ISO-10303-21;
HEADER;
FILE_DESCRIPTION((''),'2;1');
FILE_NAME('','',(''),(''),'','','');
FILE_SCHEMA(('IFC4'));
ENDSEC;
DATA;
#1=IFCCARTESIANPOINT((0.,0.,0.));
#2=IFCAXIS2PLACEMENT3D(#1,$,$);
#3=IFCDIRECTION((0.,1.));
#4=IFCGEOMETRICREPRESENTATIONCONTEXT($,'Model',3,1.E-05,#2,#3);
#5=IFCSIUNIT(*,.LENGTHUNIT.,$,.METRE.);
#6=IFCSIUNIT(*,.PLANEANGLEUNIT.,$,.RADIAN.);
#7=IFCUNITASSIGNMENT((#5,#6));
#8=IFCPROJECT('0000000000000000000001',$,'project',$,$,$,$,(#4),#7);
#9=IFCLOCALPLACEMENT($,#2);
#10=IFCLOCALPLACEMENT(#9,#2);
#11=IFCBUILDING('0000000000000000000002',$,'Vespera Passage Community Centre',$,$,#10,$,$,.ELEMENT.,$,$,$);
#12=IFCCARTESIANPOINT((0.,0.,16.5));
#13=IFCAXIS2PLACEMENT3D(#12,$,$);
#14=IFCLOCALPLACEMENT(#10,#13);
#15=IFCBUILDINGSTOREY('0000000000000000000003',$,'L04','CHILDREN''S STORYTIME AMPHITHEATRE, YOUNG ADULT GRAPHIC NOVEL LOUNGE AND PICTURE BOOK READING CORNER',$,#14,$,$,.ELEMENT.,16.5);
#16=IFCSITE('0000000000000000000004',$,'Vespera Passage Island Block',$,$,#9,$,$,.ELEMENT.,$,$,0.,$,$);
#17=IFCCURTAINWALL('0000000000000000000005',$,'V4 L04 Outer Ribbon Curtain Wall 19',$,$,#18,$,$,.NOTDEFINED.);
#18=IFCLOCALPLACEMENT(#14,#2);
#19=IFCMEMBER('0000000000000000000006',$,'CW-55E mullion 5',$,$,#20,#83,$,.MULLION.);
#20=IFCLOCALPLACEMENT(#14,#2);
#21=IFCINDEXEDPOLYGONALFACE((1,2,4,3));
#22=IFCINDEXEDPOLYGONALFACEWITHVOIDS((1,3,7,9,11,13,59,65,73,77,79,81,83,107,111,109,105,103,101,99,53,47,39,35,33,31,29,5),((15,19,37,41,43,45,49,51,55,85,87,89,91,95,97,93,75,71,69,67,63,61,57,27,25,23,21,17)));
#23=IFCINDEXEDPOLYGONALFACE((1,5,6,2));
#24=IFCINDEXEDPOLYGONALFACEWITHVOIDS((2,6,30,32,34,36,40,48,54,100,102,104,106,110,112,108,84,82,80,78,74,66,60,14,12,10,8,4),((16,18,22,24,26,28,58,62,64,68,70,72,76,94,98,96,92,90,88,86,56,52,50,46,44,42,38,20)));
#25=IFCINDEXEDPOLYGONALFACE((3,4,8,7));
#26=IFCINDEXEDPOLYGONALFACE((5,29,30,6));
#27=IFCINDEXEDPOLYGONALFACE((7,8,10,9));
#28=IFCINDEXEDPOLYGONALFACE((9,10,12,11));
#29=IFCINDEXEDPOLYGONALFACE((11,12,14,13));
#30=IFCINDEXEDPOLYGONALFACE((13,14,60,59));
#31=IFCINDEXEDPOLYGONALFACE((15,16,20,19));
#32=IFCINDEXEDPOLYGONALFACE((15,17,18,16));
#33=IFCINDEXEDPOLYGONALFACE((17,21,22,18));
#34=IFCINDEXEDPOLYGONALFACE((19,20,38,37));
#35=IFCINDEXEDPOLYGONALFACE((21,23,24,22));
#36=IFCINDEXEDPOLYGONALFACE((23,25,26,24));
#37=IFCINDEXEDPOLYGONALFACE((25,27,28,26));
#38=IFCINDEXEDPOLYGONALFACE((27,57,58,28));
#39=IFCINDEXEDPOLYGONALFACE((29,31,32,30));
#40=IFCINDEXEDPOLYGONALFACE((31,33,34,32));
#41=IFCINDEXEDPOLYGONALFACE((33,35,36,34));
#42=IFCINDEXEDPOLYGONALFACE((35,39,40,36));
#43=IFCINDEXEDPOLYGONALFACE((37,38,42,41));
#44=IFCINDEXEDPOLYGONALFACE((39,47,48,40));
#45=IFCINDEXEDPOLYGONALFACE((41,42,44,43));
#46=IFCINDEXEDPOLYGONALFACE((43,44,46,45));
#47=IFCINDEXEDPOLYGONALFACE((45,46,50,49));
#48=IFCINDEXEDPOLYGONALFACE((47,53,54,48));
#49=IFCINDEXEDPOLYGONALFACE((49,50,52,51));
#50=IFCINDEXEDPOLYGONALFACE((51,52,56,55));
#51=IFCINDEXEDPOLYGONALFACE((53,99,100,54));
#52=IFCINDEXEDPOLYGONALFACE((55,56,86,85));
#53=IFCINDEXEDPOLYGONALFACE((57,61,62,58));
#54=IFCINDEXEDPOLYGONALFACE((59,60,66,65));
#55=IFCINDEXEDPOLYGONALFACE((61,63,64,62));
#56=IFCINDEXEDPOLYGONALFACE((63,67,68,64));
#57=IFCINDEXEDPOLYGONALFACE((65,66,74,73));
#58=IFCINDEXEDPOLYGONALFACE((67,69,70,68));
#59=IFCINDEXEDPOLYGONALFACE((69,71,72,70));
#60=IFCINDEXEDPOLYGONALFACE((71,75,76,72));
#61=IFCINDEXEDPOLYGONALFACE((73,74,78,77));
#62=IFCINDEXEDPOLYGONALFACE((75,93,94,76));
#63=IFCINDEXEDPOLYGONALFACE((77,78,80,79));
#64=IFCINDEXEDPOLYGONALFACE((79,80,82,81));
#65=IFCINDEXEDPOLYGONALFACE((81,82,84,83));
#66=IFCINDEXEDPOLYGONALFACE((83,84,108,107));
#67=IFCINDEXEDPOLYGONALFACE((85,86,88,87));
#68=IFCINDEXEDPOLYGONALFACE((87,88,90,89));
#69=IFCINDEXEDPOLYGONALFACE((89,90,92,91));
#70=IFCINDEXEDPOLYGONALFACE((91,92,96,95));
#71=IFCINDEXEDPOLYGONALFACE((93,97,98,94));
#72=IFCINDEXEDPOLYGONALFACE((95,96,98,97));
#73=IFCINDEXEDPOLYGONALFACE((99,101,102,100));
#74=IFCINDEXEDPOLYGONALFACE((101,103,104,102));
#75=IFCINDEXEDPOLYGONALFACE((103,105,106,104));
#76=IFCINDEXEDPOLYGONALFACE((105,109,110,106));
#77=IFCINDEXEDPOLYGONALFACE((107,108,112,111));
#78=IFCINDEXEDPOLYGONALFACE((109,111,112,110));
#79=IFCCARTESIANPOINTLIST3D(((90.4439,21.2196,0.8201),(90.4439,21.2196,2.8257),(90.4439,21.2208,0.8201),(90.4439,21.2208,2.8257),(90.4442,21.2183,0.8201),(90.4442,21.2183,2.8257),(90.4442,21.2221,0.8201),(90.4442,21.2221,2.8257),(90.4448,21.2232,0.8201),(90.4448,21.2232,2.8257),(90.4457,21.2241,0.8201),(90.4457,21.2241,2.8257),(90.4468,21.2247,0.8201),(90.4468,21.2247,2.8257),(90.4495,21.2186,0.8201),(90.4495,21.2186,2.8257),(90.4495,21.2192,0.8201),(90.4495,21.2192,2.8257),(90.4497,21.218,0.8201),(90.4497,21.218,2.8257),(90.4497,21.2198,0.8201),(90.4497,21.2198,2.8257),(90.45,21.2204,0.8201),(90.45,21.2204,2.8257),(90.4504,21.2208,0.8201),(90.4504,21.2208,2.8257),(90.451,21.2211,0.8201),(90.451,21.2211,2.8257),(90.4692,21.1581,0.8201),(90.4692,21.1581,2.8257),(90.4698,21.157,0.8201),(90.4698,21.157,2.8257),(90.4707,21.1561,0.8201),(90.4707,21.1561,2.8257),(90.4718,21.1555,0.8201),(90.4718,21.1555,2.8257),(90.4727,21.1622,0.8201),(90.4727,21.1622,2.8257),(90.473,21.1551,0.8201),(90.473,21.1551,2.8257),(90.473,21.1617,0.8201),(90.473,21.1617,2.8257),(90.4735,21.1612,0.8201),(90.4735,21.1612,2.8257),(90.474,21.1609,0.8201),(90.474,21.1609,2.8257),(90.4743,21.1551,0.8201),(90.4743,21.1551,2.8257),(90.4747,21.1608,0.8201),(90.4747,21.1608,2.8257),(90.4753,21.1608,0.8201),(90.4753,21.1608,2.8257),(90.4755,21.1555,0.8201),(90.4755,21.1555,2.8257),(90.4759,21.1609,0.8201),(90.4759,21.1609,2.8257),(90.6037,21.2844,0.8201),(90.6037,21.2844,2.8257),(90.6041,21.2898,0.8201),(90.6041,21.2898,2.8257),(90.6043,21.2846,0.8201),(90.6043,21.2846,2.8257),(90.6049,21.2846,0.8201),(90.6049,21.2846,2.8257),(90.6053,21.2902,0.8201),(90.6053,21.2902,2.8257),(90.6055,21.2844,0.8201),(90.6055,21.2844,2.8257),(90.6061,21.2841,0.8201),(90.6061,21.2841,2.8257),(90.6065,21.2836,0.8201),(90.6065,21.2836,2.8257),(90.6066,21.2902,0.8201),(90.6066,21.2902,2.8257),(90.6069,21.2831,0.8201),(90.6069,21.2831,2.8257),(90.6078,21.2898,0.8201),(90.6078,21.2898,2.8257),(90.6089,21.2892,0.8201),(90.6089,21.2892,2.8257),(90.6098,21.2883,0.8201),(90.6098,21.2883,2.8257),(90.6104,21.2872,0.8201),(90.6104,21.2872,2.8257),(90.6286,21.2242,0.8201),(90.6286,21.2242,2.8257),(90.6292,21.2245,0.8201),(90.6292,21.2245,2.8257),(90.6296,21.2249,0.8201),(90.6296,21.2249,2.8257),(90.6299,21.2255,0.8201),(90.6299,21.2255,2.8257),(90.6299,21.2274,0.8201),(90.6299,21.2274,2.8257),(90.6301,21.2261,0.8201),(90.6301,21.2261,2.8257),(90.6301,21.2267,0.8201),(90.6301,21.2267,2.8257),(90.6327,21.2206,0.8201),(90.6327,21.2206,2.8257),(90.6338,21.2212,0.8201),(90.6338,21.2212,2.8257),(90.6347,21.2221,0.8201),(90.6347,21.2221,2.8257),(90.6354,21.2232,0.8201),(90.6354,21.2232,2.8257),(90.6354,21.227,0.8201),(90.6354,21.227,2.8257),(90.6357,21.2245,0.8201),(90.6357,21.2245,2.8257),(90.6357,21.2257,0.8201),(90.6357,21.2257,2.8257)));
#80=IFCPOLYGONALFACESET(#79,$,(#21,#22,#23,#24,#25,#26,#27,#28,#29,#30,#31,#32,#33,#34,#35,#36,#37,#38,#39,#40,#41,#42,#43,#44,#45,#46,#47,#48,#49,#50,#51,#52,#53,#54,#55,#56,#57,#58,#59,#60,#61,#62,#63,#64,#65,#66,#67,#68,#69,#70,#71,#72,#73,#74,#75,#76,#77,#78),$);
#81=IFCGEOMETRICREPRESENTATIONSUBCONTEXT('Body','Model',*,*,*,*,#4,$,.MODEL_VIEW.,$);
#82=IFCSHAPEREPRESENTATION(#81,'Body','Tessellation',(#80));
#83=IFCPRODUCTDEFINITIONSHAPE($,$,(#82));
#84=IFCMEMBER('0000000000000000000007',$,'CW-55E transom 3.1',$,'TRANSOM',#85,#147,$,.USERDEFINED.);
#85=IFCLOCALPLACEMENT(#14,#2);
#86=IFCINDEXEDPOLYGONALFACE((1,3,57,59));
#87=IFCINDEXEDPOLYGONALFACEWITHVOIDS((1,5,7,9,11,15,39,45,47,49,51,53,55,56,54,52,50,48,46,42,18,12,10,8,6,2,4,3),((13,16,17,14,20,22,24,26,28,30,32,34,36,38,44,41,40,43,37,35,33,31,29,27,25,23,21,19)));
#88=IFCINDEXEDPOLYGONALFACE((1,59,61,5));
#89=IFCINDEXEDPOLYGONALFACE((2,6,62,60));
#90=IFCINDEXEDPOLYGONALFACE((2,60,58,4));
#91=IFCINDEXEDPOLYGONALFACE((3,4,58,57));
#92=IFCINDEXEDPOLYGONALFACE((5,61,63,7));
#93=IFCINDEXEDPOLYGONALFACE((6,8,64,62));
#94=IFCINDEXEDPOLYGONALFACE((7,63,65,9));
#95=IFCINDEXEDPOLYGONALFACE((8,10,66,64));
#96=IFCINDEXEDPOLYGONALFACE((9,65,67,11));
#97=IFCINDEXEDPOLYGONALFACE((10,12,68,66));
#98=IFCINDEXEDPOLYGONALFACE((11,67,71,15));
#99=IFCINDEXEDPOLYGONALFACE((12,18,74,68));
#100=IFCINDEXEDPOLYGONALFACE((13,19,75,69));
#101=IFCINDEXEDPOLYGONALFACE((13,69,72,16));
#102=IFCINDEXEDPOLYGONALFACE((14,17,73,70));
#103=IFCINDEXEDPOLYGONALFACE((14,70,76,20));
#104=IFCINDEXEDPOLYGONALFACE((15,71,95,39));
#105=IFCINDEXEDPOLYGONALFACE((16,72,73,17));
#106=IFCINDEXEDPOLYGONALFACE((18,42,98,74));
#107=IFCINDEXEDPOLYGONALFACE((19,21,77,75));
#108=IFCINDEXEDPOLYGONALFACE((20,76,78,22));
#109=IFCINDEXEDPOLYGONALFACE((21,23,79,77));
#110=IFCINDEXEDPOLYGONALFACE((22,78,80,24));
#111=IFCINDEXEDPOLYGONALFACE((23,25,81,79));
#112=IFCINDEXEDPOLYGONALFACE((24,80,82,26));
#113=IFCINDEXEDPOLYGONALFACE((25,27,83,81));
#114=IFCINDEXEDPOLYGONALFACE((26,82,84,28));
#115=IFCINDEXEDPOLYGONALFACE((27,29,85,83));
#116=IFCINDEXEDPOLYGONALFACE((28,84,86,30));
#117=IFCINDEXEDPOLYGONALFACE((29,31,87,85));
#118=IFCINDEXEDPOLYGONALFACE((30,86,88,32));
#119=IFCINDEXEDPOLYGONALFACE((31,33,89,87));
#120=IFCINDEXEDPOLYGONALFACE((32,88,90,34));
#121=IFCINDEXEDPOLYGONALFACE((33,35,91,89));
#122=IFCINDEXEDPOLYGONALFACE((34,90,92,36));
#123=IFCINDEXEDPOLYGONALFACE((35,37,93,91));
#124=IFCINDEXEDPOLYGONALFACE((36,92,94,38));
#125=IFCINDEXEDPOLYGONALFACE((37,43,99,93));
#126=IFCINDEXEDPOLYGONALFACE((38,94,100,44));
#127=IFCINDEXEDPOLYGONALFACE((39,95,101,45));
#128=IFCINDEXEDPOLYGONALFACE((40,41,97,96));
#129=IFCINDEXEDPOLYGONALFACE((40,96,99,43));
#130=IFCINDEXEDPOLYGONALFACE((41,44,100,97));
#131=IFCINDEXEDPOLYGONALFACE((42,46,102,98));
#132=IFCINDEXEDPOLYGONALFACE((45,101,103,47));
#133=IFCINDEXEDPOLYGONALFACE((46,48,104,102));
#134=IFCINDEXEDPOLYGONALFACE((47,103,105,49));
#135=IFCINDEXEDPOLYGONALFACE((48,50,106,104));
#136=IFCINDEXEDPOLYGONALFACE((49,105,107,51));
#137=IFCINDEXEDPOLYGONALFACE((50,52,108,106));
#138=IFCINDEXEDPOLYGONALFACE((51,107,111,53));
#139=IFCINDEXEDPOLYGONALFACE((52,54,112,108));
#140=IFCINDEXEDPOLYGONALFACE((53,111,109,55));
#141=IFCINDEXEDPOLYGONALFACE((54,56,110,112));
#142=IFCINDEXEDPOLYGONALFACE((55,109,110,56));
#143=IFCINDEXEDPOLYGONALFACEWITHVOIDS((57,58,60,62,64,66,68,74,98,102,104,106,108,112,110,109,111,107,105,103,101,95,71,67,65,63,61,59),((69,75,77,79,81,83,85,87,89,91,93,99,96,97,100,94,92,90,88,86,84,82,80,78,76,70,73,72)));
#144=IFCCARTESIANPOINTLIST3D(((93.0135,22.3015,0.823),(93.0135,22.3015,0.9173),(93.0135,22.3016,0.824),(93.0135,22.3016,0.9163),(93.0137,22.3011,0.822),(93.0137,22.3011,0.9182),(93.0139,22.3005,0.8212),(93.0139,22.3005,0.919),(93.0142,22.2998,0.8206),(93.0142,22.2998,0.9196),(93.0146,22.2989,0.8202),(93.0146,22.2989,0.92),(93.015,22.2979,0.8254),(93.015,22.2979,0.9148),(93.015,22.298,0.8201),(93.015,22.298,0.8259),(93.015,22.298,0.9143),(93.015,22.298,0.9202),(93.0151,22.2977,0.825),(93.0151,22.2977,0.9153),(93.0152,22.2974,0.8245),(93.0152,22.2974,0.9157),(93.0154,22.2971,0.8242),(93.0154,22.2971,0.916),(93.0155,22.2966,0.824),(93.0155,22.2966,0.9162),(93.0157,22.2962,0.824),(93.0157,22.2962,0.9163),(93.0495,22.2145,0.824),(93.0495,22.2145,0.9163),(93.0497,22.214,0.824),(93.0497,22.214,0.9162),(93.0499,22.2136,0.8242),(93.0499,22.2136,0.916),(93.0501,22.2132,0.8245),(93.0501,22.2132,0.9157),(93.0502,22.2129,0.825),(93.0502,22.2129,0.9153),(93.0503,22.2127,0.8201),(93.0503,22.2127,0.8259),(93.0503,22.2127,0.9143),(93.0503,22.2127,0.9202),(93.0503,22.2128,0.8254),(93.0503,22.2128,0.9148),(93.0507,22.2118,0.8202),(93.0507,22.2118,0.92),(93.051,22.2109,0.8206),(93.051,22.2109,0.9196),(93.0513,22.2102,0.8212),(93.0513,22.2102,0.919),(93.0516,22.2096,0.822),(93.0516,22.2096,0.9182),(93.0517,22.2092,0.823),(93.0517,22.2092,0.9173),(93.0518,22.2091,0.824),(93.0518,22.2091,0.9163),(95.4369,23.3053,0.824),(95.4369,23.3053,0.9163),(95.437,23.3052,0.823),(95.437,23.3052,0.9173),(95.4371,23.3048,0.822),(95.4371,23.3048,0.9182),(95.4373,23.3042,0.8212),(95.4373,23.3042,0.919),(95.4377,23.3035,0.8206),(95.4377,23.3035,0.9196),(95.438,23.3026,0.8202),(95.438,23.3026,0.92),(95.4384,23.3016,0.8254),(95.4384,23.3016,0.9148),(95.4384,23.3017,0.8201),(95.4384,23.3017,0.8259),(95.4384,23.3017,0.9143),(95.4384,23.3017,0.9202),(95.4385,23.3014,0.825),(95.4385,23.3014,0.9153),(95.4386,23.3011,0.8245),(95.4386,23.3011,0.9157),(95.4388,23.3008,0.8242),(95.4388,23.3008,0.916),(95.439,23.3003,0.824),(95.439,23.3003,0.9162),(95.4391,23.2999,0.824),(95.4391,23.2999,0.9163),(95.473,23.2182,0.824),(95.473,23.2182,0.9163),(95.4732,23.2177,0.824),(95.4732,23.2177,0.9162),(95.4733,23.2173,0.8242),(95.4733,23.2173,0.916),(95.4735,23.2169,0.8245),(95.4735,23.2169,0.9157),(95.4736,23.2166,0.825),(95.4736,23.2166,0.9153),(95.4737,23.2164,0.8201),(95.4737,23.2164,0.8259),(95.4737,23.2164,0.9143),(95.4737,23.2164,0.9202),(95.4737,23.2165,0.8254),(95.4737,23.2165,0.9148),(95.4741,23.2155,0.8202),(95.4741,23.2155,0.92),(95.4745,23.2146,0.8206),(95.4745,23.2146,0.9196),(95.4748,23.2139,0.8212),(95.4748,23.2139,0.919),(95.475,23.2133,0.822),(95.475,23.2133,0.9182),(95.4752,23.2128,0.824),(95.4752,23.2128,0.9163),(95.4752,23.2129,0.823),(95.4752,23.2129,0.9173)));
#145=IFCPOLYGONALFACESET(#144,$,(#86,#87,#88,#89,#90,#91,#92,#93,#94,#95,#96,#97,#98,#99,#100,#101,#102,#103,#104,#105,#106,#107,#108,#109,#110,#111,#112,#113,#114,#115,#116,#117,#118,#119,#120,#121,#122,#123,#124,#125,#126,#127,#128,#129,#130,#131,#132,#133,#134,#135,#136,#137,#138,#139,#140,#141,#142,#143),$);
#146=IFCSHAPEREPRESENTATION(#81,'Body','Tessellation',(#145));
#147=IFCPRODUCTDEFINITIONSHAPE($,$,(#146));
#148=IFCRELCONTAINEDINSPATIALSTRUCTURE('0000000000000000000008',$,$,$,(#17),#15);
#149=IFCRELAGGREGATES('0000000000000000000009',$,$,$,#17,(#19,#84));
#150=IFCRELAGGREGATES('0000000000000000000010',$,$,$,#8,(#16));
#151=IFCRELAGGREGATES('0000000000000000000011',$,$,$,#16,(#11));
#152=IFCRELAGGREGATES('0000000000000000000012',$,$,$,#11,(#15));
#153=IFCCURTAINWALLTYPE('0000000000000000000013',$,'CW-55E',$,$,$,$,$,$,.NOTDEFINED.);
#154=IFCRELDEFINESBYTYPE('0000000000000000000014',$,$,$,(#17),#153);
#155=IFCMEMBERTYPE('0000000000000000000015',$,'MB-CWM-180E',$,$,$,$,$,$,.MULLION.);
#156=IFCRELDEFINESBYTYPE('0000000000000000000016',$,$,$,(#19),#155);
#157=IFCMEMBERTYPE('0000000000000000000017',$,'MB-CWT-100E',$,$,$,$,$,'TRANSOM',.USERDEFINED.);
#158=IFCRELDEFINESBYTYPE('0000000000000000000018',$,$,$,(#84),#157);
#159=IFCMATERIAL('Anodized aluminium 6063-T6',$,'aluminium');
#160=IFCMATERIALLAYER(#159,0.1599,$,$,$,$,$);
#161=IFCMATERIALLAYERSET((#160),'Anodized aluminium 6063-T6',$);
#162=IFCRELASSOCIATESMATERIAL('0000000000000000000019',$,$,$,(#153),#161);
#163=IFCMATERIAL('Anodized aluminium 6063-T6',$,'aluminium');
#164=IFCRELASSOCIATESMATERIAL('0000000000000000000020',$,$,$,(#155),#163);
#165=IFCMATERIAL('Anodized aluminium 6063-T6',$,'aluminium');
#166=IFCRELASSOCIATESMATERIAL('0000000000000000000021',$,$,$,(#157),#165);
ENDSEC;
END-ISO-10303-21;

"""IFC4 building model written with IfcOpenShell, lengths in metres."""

from ifc_helpers import new_model, si_unit, direction, frame, origin, origin_2d, place, context, subcontext, project, spatial, hollow_rectangle, extrude, material, layer, layer_set, material_profile, profile_set, type_object, element, aggregate, save


model = new_model("IFC4")

# Units and contexts
model_context = context("Model", 3, precision=1e-05, world=origin(), true_north=direction((0.0, 1.0)))
body_context = subcontext(model_context, "Body", "Model", "MODEL_VIEW")
ifc_project = project(units=[si_unit("LENGTHUNIT", "METRE"), si_unit("PLANEANGLEUNIT", "RADIAN")], contexts=[model_context])

# Site, building, storey
site_placement = place(None, origin())
site = spatial("IfcSite", under=ifc_project, at=site_placement, Name="Vespera Passage Island Block", CompositionType="ELEMENT", RefElevation=0.0)
building_placement = place(site_placement, origin())
building = spatial("IfcBuilding", under=site, at=building_placement, Name="Vespera Passage Community Centre", CompositionType="ELEMENT")
storey_placement = place(building_placement, frame((0.0, 0.0, 16.5)))
storey = spatial("IfcBuildingStorey", under=building, at=storey_placement, Name="L04", Description="CHILDREN'S STORYTIME AMPHITHEATRE, YOUNG ADULT GRAPHIC NOVEL LOUNGE AND PICTURE BOOK READING CORNER", CompositionType="ELEMENT", Elevation=16.5)

# Curtain wall, members
ifc_material_1 = material(Name="Anodized aluminium 6063-T6", Category="aluminium")
ifc_layer_1 = layer(ifc_material_1, 0.1599)
ifc_layer_set_1 = layer_set([ifc_layer_1], Name="Anodized aluminium 6063-T6")
curtain_wall_type_1 = type_object("IfcCurtainWallType", Name="CW-55E", PredefinedType="NOTDEFINED", material=ifc_layer_set_1)
curtain_wall_1_placement = place(storey_placement, origin())
curtain_wall_1 = element("IfcCurtainWall", 1, at=curtain_wall_1_placement, inside=storey, type_object=curtain_wall_type_1, Name="V4 L04 Outer Ribbon Curtain Wall 19", PredefinedType="NOTDEFINED")
ifc_material_2 = material(Name="Anodized aluminium 6063-T6", Category="aluminium")
ifc_material_profile_1 = material_profile(ifc_material_2, hollow_rectangle(XDim=0.075, YDim=0.1799, WallThickness=0.0049, InnerFilletRadius=0.0024, OuterFilletRadius=0.0049, at=origin_2d()), Name="ALU180X75X5")
ifc_profile_set_1 = profile_set([ifc_material_profile_1], Name="Anodized aluminium 6063-T6")
member_type_1 = type_object("IfcMemberType", Name="MB-CWM-180E", PredefinedType="MULLION", material=ifc_profile_set_1)
member_1_placement = place(storey_placement, frame((90.5398, 21.2227, 0.8201), z_axis=(0.0, 0.0, 1.0), x_axis=(0.382683, -0.92388, 0.0)))
member_1 = element("IfcMember", 2, at=member_1_placement, type_object=member_type_1, Name="CW-55E mullion 5", PredefinedType="MULLION", context=body_context, shape_type="SweptSolid", body=[
    extrude(hollow_rectangle(XDim=0.075, YDim=0.1799, WallThickness=0.0049, InnerFilletRadius=0.0024, OuterFilletRadius=0.0049, at=origin_2d()), origin(), (0.0, 0.0, 1.0), 2.0056),
])
ifc_material_3 = material(Name="Anodized aluminium 6063-T6", Category="aluminium")
ifc_material_profile_2 = material_profile(ifc_material_3, hollow_rectangle(XDim=0.1001, YDim=0.1001, WallThickness=0.0039, InnerFilletRadius=0.002, OuterFilletRadius=0.0039, at=origin_2d()), Name="ALU100X100X4")
ifc_profile_set_2 = profile_set([ifc_material_profile_2], Name="Anodized aluminium 6063-T6")
member_type_2 = type_object("IfcMemberType", Name="MB-CWT-100E", ElementType="TRANSOM", PredefinedType="USERDEFINED", material=ifc_profile_set_2)
member_2_placement = place(storey_placement, frame((95.4561, 23.259, 0.8701), z_axis=(-0.923895, -0.382645, 0.0), x_axis=(0.382645, -0.923895, 0.0)))
member_2 = element("IfcMember", 3, at=member_2_placement, type_object=member_type_2, Name="CW-55E transom 3.1", ObjectType="TRANSOM", PredefinedType="USERDEFINED", context=body_context, shape_type="SweptSolid", body=[
    extrude(hollow_rectangle(XDim=0.1001, YDim=0.1001, WallThickness=0.0039, InnerFilletRadius=0.002, OuterFilletRadius=0.0039, at=origin_2d()), origin(), (0.0, 0.0, 1.0), 2.623),
])

aggregate(curtain_wall_1, [member_1, member_2])

save(model, "model.ifc")
